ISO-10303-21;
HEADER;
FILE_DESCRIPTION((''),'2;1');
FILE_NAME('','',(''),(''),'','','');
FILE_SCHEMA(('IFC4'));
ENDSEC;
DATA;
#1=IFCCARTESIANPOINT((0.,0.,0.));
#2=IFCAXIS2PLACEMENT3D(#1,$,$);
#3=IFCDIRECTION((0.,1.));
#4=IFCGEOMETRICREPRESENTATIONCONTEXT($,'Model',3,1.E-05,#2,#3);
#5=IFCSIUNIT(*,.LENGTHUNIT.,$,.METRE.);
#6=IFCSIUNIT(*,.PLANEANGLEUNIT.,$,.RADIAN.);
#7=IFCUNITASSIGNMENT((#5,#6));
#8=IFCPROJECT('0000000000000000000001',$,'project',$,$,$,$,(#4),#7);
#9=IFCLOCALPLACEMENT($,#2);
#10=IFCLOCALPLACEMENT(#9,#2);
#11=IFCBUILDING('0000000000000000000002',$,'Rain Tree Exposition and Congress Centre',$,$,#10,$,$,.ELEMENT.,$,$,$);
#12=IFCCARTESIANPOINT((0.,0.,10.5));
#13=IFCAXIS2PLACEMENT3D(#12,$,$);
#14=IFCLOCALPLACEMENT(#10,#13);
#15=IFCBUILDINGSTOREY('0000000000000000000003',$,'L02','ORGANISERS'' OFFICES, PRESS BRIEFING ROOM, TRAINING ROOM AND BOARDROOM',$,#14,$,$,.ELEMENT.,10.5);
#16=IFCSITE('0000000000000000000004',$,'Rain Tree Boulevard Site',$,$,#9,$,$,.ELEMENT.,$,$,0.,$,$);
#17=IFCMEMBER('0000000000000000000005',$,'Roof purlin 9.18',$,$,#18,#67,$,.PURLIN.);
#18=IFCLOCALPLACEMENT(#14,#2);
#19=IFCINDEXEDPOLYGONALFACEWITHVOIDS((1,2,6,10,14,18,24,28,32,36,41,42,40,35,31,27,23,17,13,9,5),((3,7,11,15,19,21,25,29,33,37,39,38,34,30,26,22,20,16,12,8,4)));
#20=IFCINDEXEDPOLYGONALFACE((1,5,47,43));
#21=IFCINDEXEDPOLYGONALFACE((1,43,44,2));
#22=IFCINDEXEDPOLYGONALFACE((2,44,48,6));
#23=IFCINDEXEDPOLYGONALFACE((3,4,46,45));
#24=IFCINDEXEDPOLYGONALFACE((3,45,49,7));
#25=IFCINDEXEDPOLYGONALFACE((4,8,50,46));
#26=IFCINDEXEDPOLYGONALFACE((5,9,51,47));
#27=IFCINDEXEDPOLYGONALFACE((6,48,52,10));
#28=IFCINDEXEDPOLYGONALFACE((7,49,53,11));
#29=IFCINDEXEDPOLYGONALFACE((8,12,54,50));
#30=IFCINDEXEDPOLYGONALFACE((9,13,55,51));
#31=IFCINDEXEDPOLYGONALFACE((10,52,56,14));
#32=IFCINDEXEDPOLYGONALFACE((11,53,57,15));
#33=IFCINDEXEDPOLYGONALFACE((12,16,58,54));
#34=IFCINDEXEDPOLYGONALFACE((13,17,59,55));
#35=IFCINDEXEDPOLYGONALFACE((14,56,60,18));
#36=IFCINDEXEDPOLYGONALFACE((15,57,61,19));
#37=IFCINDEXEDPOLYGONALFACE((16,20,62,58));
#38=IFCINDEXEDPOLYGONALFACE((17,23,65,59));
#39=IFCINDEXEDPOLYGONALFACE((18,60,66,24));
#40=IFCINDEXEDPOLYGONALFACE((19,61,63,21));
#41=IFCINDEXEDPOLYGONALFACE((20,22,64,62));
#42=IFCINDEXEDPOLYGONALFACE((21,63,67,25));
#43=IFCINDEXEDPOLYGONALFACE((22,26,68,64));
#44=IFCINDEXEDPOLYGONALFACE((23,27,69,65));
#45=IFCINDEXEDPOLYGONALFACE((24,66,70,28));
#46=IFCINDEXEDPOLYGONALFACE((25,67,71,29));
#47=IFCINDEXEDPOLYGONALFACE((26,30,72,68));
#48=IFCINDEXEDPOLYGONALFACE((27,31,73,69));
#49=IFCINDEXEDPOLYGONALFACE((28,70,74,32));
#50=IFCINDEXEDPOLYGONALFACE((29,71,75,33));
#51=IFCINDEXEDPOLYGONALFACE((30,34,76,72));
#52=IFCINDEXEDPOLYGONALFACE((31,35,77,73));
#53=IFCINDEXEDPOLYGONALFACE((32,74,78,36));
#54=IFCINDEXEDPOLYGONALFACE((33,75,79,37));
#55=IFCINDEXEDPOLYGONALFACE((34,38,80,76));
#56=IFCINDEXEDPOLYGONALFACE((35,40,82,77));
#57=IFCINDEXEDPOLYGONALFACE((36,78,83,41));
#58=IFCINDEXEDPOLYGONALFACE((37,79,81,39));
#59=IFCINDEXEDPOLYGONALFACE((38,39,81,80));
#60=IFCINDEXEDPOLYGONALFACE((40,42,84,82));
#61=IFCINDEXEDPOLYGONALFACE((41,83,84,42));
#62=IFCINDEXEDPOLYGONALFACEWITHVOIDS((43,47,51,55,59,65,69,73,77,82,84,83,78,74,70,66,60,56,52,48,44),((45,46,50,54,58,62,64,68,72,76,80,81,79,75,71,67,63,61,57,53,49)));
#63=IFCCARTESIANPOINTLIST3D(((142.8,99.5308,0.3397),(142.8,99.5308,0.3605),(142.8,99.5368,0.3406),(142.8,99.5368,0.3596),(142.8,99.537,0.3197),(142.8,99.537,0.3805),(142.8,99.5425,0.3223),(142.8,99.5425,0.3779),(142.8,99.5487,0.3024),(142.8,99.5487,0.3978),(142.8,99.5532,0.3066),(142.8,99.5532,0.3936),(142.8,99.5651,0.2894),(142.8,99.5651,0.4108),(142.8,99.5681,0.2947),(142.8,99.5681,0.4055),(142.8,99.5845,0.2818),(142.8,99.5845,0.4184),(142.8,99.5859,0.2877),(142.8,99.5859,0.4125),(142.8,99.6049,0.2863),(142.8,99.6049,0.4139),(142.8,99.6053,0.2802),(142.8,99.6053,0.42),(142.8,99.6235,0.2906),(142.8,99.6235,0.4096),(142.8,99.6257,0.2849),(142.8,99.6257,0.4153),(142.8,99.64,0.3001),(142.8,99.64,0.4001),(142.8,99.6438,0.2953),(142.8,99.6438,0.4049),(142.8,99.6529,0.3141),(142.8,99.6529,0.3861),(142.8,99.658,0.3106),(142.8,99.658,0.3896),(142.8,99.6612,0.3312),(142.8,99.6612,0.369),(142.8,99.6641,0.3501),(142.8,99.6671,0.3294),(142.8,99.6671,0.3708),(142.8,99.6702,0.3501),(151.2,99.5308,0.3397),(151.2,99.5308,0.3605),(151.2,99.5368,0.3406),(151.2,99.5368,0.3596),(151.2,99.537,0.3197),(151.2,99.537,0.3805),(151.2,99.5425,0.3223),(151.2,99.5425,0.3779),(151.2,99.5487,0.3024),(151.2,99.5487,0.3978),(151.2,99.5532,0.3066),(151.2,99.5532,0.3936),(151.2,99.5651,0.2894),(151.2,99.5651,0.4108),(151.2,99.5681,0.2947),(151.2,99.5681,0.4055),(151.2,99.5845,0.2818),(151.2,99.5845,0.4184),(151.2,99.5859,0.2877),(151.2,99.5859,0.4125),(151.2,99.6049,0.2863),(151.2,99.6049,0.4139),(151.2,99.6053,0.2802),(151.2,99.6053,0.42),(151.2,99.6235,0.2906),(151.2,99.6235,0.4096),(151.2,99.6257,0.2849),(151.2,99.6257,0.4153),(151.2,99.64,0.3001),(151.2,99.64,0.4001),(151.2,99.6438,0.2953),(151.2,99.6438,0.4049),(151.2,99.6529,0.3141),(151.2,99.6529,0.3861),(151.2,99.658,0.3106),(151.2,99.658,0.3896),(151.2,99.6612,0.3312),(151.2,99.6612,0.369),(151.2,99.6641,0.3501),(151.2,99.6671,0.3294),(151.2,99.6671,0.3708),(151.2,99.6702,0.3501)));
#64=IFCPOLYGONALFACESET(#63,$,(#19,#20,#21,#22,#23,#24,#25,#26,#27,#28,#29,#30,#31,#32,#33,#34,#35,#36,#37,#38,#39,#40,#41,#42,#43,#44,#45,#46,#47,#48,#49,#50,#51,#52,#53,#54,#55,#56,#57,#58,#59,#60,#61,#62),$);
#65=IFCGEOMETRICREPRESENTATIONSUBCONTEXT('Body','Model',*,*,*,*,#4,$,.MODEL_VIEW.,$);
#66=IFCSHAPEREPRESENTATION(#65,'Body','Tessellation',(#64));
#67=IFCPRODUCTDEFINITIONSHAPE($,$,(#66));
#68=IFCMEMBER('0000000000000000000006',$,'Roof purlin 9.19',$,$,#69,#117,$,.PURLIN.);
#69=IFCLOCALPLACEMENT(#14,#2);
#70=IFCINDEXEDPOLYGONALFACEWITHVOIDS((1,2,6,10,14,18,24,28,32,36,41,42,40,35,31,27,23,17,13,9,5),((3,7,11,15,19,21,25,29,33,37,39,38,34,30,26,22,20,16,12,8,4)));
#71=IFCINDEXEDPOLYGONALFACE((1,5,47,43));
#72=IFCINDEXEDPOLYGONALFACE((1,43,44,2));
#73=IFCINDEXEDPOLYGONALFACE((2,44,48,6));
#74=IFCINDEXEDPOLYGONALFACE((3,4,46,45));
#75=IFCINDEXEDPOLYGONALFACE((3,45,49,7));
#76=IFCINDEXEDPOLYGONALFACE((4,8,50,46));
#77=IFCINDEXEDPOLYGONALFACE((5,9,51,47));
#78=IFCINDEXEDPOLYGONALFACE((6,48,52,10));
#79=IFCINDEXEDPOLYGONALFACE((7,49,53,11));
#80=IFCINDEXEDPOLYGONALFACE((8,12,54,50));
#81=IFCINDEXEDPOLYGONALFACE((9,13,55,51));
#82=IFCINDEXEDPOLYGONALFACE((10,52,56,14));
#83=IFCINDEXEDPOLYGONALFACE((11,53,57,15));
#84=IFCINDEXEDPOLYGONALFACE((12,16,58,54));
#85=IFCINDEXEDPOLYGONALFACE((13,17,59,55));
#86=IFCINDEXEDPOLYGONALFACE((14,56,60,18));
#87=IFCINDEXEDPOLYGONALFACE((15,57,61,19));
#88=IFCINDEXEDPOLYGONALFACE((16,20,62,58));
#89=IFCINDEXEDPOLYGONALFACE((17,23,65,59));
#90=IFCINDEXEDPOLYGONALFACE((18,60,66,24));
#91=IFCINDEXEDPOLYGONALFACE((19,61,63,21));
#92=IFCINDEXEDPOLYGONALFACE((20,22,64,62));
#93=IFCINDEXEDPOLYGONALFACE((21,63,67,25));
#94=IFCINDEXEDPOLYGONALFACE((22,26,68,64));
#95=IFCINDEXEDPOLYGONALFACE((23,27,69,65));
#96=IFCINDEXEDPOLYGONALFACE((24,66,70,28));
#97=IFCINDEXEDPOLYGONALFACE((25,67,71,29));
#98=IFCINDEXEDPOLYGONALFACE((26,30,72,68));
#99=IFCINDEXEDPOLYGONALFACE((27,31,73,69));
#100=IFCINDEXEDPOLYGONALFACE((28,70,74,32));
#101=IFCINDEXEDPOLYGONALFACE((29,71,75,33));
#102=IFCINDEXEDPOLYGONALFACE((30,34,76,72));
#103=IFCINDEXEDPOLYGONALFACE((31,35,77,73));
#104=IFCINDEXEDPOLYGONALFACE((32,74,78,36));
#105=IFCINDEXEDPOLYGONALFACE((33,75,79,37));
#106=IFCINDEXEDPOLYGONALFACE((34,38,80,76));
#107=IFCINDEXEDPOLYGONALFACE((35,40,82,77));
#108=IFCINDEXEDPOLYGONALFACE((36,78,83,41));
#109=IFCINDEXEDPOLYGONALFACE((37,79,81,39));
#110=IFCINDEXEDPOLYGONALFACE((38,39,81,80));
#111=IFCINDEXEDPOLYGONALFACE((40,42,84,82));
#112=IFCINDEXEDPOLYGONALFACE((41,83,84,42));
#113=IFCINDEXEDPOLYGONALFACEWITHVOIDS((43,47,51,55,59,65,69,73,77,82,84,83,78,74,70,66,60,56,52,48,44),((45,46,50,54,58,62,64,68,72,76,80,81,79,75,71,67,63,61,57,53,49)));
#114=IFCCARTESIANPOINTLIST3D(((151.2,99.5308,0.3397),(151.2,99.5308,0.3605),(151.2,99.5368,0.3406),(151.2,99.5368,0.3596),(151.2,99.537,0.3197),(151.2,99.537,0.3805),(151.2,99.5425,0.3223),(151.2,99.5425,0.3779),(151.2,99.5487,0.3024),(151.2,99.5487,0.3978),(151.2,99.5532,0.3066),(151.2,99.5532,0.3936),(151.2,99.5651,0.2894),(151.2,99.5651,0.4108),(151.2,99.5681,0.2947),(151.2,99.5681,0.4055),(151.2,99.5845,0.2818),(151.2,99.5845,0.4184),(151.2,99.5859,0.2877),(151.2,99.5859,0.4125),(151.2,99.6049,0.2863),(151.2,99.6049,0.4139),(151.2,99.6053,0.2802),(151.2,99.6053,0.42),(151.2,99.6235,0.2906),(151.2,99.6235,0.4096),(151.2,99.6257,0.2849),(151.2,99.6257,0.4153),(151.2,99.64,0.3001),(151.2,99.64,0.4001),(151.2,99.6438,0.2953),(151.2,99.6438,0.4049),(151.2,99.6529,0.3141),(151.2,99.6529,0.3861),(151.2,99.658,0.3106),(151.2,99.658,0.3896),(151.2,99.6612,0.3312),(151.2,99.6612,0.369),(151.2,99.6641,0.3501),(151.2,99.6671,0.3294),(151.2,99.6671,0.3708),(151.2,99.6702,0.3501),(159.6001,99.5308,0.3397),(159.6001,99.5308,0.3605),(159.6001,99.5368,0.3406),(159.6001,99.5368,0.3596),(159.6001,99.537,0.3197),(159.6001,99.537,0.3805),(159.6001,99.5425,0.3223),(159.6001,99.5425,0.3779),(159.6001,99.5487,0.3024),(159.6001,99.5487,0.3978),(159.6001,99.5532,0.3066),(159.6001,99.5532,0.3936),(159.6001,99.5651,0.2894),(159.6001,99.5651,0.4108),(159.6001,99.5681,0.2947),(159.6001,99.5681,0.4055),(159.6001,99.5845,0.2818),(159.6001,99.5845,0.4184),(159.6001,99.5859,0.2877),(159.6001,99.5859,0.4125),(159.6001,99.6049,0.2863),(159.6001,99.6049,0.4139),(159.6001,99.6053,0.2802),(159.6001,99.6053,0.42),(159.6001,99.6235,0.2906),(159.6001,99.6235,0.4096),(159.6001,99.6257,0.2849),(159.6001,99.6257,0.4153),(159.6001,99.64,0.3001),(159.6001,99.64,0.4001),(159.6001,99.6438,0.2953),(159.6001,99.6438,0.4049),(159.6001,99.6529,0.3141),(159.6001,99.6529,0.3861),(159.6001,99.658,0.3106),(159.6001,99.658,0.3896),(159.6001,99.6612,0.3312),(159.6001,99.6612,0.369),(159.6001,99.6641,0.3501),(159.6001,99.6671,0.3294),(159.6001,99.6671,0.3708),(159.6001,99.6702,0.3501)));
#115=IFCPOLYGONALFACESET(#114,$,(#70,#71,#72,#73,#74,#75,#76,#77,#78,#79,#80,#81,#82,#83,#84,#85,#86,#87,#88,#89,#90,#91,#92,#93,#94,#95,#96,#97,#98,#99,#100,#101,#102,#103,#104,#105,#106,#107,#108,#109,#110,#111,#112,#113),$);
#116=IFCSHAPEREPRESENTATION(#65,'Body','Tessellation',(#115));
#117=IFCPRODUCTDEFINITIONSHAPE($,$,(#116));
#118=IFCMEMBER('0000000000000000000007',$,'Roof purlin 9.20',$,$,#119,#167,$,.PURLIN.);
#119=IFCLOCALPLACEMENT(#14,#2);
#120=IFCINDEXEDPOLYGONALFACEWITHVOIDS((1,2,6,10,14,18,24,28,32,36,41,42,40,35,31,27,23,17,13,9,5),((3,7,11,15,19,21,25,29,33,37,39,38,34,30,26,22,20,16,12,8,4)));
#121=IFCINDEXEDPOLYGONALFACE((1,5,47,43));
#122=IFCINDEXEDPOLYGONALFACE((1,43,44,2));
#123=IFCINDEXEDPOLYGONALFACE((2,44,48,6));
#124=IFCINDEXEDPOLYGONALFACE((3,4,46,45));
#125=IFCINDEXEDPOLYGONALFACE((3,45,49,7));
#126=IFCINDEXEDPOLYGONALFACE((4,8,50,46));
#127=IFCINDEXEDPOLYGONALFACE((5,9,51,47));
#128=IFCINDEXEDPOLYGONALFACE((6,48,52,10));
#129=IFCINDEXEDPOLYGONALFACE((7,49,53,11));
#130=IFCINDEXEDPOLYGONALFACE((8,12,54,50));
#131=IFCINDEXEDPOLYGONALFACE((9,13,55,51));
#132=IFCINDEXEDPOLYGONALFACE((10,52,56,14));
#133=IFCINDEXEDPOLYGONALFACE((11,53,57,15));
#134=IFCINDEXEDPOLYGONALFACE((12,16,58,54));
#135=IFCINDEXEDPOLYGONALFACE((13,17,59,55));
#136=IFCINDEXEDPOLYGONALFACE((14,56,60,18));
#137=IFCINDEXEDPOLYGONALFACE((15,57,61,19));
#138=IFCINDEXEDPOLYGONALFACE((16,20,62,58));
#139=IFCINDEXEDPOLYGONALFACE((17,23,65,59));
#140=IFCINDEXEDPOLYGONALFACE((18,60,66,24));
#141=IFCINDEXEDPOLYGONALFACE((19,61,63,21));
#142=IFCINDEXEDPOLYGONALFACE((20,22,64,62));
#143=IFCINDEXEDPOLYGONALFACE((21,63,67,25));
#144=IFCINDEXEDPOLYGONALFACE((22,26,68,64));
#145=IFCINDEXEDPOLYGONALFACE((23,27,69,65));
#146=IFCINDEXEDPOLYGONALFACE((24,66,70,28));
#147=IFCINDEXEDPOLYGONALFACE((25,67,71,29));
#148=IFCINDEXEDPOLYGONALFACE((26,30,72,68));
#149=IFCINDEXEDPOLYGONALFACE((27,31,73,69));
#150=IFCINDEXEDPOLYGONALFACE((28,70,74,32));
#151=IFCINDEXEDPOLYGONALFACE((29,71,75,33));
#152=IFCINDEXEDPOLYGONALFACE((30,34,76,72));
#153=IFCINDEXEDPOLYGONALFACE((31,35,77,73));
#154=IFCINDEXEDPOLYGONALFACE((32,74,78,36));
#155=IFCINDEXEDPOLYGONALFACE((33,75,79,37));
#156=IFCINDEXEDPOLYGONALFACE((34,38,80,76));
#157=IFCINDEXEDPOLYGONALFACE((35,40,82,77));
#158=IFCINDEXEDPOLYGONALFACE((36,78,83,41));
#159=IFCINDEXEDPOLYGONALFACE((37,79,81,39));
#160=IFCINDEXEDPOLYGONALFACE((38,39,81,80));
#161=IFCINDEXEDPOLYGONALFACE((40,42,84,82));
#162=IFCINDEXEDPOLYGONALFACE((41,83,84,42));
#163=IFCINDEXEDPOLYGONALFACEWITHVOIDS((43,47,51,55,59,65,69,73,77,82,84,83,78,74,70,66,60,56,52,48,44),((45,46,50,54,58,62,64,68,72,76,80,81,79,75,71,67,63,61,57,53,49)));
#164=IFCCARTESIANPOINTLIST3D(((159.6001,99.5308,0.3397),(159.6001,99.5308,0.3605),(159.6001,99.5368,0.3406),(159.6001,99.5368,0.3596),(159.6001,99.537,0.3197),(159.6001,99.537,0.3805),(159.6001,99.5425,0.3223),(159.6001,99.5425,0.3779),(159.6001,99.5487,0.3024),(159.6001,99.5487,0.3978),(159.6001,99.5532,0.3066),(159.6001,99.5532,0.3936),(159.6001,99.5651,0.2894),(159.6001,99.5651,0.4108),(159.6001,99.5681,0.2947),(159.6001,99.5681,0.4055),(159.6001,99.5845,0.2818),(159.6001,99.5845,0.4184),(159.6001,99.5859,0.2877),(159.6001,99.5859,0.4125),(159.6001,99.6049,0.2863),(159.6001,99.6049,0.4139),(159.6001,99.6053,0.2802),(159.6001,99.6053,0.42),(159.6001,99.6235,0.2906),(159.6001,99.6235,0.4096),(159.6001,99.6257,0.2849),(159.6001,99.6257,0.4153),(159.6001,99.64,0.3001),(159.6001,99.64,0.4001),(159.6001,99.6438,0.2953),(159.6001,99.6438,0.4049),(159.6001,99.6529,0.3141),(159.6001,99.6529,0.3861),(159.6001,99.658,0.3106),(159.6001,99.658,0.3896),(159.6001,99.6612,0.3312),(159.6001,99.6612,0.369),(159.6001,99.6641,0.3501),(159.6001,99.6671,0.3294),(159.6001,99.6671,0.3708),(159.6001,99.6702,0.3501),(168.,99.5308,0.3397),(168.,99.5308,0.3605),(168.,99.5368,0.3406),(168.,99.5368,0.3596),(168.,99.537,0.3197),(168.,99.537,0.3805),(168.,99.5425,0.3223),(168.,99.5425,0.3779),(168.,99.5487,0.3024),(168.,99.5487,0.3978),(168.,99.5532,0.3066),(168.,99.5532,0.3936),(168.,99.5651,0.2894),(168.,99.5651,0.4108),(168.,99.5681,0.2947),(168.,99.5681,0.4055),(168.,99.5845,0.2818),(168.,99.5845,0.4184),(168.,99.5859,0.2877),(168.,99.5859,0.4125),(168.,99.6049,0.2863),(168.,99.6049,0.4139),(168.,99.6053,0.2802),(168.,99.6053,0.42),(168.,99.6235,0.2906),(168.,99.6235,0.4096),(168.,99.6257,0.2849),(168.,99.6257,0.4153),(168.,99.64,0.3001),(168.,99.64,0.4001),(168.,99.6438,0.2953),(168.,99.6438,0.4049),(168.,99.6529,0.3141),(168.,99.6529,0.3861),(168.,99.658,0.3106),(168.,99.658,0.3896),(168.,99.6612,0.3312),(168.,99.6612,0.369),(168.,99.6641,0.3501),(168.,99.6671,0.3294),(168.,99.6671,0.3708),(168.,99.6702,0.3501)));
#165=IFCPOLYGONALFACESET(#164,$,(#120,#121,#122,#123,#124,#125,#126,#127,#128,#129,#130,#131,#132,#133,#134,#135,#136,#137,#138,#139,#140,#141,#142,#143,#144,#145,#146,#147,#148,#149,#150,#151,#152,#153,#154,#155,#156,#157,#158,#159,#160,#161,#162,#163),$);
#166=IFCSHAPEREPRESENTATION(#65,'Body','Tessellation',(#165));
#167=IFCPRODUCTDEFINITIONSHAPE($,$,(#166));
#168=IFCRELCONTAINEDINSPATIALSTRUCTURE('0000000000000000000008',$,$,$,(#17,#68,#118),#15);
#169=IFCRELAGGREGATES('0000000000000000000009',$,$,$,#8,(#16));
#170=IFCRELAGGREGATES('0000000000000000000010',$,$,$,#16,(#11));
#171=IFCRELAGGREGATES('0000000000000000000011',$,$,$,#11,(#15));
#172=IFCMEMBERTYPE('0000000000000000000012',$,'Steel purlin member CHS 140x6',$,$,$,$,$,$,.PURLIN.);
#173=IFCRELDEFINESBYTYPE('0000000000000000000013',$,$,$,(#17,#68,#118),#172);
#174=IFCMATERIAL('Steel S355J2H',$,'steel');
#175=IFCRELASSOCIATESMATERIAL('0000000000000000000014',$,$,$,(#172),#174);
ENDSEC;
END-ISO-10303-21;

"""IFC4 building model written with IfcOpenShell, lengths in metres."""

from ifc_helpers import new_model, si_unit, direction, frame, origin, origin_2d, place, context, subcontext, project, spatial, hollow_circle, extrude, material, material_profile, profile_set, type_object, element, save


model = new_model("IFC4")

# Units and contexts
model_context = context("Model", 3, precision=1e-05, world=origin(), true_north=direction((0.0, 1.0)))
body_context = subcontext(model_context, "Body", "Model", "MODEL_VIEW")
ifc_project = project(units=[si_unit("LENGTHUNIT", "METRE"), si_unit("PLANEANGLEUNIT", "RADIAN")], contexts=[model_context])

# Site, building, storey
site_placement = place(None, origin())
site = spatial("IfcSite", under=ifc_project, at=site_placement, Name="Rain Tree Boulevard Site", CompositionType="ELEMENT", RefElevation=0.0)
building_placement = place(site_placement, origin())
building = spatial("IfcBuilding", under=site, at=building_placement, Name="Rain Tree Exposition and Congress Centre", CompositionType="ELEMENT")
storey_placement = place(building_placement, frame((0.0, 0.0, 10.5)))
storey = spatial("IfcBuildingStorey", under=building, at=storey_placement, Name="L02", Description="ORGANISERS' OFFICES, PRESS BRIEFING ROOM, TRAINING ROOM AND BOARDROOM", CompositionType="ELEMENT", Elevation=10.5)

# Members
ifc_material_1 = material(Name="Steel S355J2H", Category="steel")
ifc_material_profile_1 = material_profile(ifc_material_1, hollow_circle(Radius=0.0701, WallThickness=0.0061, at=origin_2d()), Name="CHS 140x6")
ifc_profile_set_1 = profile_set([ifc_material_profile_1], Name="Steel S355J2H")
member_type_1 = type_object("IfcMemberType", Name="Steel purlin member CHS 140x6", PredefinedType="PURLIN", material=ifc_profile_set_1)
member_1_placement = place(storey_placement, frame((142.8, 99.6001, 0.3501), z_axis=(1.0, 0.0, 0.0), x_axis=(0.0, 1.0, 0.0)))
element("IfcMember", 1, at=member_1_placement, inside=storey, type_object=member_type_1, Name="Roof purlin 9.18", PredefinedType="PURLIN", context=body_context, shape_type="SweptSolid", body=[
    extrude(hollow_circle(Radius=0.0701, WallThickness=0.0061, at=origin_2d()), origin(), (0.0, 0.0, 1.0), 8.3999),
])
member_2_placement = place(storey_placement, frame((151.2, 99.6001, 0.3501), z_axis=(1.0, 0.0, 0.0), x_axis=(0.0, 1.0, 0.0)))
element("IfcMember", 2, at=member_2_placement, inside=storey, type_object=member_type_1, Name="Roof purlin 9.19", PredefinedType="PURLIN", context=body_context, shape_type="SweptSolid", body=[
    extrude(hollow_circle(Radius=0.0701, WallThickness=0.0061, at=origin_2d()), origin(), (0.0, 0.0, 1.0), 8.4001),
])
for number, where, z_axis, x_axis, name in (
    (3, (159.6001, 99.6001, 0.3501), (1.0, 0.0, 0.0), (0.0, 1.0, 0.0), "Roof purlin 9.20"),
):
    element("IfcMember", number, at=place(storey_placement, frame(where, z_axis=z_axis, x_axis=x_axis)), inside=storey, type_object=member_type_1, Name=name, PredefinedType="PURLIN", context=body_context, shape_type="SweptSolid", body=[
        extrude(hollow_circle(Radius=0.0701, WallThickness=0.0061, at=origin_2d()), origin(), (0.0, 0.0, 1.0), 8.3999),
    ])

save(model, "model.ifc")
